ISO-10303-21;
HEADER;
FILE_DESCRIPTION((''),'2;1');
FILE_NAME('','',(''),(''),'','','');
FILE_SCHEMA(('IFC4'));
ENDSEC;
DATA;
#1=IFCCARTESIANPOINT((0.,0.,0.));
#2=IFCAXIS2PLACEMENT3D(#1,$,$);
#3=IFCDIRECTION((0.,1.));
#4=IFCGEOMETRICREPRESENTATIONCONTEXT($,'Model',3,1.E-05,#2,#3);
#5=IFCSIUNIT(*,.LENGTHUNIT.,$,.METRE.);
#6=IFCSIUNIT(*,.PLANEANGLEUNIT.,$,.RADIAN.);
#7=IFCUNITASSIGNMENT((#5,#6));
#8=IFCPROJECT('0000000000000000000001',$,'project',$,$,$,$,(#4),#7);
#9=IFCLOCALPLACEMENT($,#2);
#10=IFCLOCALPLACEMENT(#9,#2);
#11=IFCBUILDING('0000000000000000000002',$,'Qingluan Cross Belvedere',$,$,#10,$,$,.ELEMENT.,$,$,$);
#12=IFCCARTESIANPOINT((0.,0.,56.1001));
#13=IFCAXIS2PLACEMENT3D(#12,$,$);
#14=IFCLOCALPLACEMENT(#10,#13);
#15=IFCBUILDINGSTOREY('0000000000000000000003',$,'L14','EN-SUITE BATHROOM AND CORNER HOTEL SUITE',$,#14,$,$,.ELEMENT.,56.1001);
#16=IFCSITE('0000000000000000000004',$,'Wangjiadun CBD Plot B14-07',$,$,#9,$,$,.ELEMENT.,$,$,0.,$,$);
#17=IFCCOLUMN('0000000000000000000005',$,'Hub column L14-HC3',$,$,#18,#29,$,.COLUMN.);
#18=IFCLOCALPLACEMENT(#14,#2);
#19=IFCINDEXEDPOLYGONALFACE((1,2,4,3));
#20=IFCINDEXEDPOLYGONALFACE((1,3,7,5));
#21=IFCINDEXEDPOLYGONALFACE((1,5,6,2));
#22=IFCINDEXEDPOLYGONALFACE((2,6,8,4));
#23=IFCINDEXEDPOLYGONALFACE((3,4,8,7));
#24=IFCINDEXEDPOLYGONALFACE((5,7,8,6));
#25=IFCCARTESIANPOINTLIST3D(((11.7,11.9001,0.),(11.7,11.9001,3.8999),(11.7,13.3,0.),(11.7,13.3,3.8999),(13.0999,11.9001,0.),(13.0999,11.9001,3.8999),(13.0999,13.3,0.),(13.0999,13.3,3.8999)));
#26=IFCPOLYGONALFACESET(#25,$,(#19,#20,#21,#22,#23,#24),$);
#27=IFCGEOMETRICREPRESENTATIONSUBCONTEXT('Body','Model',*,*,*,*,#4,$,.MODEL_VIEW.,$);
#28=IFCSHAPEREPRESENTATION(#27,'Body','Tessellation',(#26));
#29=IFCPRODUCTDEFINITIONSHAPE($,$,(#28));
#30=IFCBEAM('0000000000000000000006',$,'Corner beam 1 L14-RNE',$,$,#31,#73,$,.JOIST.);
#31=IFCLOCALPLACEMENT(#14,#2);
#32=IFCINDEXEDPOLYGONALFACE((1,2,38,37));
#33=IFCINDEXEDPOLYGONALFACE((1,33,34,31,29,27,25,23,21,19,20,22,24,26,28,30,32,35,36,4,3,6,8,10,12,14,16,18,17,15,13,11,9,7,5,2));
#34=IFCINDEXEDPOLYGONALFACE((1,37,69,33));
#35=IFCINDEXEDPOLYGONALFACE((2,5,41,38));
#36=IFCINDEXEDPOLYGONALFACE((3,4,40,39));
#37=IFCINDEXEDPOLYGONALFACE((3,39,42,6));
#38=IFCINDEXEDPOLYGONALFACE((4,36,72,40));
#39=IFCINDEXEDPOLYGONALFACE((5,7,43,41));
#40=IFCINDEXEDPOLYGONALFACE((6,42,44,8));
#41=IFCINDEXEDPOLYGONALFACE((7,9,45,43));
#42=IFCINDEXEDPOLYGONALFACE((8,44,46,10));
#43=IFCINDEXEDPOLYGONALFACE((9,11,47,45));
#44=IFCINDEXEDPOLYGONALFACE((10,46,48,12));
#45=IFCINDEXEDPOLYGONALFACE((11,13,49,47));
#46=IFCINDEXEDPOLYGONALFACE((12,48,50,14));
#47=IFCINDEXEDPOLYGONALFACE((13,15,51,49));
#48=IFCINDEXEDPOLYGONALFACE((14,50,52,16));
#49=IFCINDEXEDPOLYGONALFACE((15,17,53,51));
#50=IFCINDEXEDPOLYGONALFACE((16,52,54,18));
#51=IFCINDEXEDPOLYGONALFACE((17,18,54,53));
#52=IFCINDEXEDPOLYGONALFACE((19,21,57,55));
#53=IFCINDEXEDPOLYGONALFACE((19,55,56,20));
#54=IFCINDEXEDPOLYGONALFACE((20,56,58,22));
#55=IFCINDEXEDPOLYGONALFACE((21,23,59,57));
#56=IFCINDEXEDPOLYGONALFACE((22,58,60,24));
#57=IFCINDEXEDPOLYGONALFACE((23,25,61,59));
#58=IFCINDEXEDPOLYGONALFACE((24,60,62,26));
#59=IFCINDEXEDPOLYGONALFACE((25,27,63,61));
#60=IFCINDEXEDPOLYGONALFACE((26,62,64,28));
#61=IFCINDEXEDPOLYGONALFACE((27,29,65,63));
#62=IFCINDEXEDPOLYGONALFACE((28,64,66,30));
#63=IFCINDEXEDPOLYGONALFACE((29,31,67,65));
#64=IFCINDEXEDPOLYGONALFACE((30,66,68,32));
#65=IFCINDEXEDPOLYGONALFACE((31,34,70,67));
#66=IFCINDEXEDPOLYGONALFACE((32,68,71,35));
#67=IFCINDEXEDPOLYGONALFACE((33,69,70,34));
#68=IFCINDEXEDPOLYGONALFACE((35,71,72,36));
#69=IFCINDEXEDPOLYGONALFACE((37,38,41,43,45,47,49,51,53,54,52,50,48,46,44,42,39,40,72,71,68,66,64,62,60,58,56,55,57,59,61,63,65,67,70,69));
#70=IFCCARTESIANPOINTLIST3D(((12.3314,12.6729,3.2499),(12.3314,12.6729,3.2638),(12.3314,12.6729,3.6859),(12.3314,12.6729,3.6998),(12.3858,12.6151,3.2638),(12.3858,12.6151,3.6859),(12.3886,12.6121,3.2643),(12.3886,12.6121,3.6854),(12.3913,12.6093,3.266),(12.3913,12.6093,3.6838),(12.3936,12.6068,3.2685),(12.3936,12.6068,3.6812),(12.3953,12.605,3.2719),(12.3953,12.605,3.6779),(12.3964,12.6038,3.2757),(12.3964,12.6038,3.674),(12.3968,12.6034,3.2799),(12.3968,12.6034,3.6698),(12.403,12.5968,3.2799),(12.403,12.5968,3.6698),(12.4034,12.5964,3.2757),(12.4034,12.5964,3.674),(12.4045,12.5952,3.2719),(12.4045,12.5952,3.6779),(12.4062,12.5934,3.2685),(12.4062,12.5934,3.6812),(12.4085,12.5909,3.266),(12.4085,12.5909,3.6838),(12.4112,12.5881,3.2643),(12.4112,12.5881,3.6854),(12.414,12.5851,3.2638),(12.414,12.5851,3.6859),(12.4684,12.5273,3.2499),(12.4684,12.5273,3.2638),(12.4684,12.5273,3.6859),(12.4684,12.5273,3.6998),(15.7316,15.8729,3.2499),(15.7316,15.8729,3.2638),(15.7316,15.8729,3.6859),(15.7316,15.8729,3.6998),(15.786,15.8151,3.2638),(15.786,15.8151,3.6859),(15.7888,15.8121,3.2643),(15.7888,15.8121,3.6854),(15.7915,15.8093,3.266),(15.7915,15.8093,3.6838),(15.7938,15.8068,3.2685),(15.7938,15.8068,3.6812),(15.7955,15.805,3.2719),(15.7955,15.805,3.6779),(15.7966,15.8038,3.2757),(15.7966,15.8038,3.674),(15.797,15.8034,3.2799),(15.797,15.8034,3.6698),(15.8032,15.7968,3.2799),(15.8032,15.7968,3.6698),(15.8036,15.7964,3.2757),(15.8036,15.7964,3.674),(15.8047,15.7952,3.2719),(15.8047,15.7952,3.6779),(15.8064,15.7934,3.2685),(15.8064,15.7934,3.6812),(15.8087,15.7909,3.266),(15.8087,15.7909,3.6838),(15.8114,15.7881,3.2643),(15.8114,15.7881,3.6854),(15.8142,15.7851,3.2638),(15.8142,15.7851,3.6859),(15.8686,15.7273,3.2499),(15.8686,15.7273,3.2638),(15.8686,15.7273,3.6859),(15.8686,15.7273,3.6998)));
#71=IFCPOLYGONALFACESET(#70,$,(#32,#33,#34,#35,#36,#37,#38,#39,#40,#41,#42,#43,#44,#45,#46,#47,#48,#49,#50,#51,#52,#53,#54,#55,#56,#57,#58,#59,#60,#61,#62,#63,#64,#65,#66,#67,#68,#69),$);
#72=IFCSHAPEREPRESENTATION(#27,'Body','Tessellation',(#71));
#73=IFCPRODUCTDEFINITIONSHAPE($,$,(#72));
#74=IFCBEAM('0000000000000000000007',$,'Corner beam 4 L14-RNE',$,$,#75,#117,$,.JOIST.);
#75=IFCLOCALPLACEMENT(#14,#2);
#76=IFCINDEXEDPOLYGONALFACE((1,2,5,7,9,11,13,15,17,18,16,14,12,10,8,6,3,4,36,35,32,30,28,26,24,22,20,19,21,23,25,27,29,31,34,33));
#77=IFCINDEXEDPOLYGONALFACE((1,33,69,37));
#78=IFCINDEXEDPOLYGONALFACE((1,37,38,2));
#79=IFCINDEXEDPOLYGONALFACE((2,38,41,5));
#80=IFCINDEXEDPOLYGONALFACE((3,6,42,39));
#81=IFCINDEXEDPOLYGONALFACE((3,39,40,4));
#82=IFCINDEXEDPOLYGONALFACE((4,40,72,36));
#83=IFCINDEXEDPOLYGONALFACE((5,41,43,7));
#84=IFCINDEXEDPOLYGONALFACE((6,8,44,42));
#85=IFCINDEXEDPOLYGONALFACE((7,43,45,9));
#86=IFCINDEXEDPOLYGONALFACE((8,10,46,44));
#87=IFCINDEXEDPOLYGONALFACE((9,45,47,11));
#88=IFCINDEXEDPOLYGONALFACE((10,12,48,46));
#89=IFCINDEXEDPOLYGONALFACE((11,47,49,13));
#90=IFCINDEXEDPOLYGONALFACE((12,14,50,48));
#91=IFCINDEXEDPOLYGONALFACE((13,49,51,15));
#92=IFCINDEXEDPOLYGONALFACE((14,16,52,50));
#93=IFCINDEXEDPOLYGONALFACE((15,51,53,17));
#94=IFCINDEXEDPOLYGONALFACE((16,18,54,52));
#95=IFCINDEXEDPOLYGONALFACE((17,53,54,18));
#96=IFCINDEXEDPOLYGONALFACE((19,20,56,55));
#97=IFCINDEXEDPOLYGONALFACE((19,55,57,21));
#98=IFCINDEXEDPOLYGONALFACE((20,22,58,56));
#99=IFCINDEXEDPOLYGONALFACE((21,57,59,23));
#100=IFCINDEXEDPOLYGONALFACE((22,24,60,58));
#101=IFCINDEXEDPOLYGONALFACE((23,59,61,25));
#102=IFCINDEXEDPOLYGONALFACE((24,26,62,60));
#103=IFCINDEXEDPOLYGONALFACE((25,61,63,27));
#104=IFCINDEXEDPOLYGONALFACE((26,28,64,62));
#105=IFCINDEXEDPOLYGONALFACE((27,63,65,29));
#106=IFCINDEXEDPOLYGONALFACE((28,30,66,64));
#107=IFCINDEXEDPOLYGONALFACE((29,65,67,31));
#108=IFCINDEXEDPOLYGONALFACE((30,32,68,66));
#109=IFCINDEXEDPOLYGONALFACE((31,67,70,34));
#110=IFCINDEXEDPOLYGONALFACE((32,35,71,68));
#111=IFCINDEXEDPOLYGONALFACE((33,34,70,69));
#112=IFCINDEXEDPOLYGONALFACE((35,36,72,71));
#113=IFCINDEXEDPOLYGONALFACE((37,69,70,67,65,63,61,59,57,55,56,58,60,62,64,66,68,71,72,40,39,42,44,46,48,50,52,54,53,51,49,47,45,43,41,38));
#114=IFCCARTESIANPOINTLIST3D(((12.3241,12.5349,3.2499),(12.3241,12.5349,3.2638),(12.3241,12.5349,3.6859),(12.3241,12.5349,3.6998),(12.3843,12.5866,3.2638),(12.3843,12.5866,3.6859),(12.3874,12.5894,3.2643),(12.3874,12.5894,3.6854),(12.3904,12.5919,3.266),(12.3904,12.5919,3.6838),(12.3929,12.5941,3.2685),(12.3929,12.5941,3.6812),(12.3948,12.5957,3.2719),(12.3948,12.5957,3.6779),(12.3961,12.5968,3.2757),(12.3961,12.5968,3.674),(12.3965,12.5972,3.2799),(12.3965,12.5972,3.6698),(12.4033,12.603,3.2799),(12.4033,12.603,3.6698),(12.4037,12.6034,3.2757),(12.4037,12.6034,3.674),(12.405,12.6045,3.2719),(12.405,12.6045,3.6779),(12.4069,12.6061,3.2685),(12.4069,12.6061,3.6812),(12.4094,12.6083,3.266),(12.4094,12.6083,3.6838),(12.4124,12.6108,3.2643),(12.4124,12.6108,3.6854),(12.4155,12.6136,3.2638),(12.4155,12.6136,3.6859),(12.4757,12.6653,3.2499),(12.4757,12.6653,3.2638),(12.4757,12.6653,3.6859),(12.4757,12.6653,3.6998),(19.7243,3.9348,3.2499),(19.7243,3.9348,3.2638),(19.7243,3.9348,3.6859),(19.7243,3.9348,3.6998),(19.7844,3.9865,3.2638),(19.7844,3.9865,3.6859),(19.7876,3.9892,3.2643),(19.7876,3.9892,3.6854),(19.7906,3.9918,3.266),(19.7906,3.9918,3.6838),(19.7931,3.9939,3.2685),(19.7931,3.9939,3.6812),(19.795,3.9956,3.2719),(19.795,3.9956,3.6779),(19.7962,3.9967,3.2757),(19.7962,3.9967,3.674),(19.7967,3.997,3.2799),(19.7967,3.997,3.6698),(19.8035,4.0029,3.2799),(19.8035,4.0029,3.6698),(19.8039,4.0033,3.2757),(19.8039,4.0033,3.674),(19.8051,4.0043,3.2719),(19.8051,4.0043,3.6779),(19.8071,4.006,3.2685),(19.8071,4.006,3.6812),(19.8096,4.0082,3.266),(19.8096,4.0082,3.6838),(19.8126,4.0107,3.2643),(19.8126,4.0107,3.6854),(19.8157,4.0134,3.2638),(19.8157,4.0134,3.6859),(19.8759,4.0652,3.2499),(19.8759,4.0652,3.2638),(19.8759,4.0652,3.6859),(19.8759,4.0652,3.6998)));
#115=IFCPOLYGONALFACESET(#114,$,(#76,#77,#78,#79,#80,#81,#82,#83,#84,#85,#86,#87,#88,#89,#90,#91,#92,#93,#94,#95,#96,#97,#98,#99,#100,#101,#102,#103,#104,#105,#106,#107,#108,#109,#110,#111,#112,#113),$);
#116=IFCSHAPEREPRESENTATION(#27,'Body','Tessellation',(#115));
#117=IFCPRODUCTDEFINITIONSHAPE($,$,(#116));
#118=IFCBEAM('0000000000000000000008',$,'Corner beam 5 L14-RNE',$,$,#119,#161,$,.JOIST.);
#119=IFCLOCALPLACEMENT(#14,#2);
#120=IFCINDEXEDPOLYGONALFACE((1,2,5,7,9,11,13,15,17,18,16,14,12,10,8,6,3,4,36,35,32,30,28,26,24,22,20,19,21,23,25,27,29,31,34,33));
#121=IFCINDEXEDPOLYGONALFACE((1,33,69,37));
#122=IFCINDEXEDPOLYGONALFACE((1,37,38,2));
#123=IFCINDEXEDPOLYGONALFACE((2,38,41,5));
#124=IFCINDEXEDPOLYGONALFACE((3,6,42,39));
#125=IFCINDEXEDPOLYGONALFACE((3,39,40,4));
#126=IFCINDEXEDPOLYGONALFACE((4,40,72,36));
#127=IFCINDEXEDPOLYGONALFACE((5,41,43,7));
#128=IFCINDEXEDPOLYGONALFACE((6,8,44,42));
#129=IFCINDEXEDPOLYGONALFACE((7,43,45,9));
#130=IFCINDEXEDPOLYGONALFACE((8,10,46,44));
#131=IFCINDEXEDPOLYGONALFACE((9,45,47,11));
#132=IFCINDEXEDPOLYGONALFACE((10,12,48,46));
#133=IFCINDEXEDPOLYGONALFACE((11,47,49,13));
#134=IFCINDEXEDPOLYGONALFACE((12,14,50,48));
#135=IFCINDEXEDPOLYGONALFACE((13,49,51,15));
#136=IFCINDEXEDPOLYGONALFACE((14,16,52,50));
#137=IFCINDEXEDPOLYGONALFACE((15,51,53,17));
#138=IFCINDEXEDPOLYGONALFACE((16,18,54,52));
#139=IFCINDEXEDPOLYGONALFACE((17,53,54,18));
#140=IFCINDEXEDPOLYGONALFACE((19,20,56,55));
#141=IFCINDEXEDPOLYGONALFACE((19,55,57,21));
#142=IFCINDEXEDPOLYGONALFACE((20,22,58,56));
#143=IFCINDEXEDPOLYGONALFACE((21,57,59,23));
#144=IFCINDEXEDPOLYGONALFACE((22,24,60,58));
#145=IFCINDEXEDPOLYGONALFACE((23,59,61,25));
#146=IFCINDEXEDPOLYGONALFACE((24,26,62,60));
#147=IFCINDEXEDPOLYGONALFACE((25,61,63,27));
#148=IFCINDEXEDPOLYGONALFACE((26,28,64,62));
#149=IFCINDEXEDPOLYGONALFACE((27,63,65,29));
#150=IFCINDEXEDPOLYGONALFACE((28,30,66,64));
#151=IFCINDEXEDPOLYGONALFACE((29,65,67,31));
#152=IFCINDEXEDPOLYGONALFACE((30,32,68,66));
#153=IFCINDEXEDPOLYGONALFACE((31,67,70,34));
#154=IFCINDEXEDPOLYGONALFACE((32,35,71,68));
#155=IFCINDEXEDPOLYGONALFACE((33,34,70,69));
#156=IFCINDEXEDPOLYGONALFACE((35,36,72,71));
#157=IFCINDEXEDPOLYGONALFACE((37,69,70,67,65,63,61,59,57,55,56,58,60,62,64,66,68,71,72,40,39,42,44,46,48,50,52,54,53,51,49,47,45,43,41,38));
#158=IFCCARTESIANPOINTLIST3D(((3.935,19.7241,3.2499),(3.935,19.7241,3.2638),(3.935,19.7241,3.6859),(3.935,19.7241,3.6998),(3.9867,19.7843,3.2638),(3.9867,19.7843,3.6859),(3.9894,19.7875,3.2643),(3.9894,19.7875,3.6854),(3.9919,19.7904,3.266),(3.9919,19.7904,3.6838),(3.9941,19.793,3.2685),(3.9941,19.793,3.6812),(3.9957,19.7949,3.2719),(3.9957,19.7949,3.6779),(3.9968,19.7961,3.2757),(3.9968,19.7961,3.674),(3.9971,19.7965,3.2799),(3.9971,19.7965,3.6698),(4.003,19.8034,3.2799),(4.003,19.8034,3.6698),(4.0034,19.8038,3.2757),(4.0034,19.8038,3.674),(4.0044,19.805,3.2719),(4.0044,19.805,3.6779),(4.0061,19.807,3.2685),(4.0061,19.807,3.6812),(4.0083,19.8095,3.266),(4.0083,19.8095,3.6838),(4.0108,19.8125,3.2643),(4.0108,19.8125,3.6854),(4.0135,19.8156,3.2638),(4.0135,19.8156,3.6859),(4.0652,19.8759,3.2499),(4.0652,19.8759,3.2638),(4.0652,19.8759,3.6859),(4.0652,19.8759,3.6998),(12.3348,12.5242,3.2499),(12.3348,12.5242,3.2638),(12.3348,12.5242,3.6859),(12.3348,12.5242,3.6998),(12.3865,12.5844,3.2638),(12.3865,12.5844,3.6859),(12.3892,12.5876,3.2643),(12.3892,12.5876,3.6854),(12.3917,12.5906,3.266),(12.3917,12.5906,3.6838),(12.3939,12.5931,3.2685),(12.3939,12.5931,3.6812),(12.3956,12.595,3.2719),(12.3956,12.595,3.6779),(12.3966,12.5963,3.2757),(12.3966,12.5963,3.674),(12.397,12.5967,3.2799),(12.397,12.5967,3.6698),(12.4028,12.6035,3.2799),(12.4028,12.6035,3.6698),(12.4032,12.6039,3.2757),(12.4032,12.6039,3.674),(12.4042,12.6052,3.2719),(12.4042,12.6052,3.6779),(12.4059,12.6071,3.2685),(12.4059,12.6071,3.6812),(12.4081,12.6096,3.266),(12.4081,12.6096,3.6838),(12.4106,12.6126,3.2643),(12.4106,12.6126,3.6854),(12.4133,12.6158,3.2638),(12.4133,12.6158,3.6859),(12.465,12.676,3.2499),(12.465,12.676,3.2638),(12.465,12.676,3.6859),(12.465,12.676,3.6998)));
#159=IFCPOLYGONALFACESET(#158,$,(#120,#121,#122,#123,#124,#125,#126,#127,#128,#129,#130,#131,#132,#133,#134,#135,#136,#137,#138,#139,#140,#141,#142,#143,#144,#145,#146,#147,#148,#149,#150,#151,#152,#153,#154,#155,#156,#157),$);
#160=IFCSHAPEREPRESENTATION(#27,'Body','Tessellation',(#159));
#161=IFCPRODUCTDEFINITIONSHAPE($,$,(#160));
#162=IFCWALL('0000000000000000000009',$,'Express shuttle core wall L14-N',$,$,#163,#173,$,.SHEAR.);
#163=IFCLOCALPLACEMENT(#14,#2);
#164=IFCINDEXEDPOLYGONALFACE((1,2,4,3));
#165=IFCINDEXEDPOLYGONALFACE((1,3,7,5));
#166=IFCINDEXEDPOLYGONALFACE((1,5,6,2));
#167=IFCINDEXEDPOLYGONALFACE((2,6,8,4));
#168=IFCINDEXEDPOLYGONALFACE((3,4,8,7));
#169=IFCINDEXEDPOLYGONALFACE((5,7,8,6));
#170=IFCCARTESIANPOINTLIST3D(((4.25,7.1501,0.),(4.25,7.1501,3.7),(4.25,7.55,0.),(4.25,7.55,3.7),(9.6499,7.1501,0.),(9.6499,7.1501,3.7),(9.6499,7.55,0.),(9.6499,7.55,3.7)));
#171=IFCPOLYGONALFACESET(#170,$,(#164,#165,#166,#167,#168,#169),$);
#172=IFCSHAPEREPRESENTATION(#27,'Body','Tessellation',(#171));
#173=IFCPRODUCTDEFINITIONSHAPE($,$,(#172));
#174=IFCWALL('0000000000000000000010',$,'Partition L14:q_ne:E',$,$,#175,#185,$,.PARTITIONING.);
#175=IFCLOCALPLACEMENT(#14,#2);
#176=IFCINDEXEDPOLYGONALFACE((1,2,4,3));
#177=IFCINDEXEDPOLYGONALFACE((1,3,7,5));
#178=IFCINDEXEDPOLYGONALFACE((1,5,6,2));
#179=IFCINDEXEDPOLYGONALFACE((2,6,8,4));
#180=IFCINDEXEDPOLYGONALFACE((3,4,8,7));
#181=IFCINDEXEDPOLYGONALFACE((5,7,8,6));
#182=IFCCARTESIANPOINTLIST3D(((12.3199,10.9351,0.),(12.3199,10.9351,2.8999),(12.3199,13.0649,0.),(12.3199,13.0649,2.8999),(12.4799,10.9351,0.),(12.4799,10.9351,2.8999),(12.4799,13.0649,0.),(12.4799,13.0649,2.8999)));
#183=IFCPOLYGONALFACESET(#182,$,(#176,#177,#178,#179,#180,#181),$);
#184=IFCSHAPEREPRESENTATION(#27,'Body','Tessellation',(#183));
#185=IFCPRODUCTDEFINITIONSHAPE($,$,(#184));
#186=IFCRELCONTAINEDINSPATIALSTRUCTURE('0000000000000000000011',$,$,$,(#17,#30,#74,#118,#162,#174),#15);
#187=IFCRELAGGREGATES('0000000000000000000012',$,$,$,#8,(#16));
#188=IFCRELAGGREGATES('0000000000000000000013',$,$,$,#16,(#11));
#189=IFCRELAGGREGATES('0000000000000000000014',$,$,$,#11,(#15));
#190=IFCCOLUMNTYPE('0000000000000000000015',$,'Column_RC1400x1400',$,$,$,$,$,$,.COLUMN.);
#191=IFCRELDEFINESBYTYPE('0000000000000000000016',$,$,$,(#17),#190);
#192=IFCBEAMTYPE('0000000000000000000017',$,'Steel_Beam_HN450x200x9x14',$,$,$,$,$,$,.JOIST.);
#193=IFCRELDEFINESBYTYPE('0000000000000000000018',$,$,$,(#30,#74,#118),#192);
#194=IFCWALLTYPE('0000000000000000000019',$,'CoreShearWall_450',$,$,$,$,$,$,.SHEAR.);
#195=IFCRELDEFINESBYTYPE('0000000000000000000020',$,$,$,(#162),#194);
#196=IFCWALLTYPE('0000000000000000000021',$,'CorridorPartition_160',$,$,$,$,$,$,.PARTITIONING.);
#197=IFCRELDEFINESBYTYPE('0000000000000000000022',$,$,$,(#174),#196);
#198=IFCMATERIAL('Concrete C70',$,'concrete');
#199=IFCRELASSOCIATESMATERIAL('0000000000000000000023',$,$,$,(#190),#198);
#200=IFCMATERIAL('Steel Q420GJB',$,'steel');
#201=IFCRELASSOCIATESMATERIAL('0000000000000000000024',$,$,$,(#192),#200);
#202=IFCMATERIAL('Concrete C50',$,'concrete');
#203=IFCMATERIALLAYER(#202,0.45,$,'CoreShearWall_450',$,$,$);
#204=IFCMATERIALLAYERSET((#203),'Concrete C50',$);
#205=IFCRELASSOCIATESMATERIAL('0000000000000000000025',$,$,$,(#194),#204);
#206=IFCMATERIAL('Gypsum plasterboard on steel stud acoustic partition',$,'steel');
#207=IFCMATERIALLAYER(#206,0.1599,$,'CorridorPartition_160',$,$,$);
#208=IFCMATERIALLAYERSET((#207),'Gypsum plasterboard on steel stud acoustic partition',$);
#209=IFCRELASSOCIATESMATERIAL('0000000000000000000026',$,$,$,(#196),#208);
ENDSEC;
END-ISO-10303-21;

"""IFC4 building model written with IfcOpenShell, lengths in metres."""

from ifc_helpers import new_model, si_unit, direction, frame, frame_2d, origin, origin_2d, place, context, subcontext, project, spatial, rectangle, i_section, extrude, material, layer, layer_set, material_profile, profile_set, type_object, element, save


model = new_model("IFC4")

# Units and contexts
model_context = context("Model", 3, precision=1e-05, world=origin(), true_north=direction((0.0, 1.0)))
body_context = subcontext(model_context, "Body", "Model", "MODEL_VIEW")
ifc_project = project(units=[si_unit("LENGTHUNIT", "METRE"), si_unit("PLANEANGLEUNIT", "RADIAN")], contexts=[model_context])

# Site, building, storey
site_placement = place(None, origin())
site = spatial("IfcSite", under=ifc_project, at=site_placement, Name="Wangjiadun CBD Plot B14-07", CompositionType="ELEMENT", RefElevation=0.0)
building_placement = place(site_placement, origin())
building = spatial("IfcBuilding", under=site, at=building_placement, Name="Qingluan Cross Belvedere", CompositionType="ELEMENT")
storey_placement = place(building_placement, frame((0.0, 0.0, 56.1001)))
storey = spatial("IfcBuildingStorey", under=building, at=storey_placement, Name="L14", Description="EN-SUITE BATHROOM AND CORNER HOTEL SUITE", CompositionType="ELEMENT", Elevation=56.1001)

# Column
ifc_material_1 = material(Name="Concrete C70", Category="concrete")
ifc_material_profile_1 = material_profile(ifc_material_1, rectangle(XDim=1.3999, YDim=1.3999, at=origin_2d()), Name="RC1400x1400")
ifc_profile_set_1 = profile_set([ifc_material_profile_1], Name="Concrete C70")
column_type = type_object("IfcColumnType", Name="Column_RC1400x1400", PredefinedType="COLUMN", material=ifc_profile_set_1)
column_placement = place(storey_placement, frame((12.3999, 12.6001, 0.0), z_axis=(0.0, 0.0, 1.0), x_axis=(1.0, 0.0, 0.0)))
element("IfcColumn", 1, at=column_placement, inside=storey, type_object=column_type, Name="Hub column L14-HC3", PredefinedType="COLUMN", context=body_context, shape_type="SweptSolid", body=[
    extrude(rectangle(XDim=1.3999, YDim=1.3999, at=origin_2d()), origin(), (0.0, 0.0, 1.0), 3.8999),
])

# Beams
ifc_material_2 = material(Name="Steel Q420GJB", Category="steel")
ifc_material_profile_2 = material_profile(ifc_material_2, i_section(OverallWidth=0.2, OverallDepth=0.45, WebThickness=0.009, FlangeThickness=0.0139, FilletRadius=0.0161, at=origin_2d()), Name="HN450x200x9x14")
ifc_profile_set_2 = profile_set([ifc_material_profile_2], Name="Steel Q420GJB")
beam_type = type_object("IfcBeamType", Name="Steel_Beam_HN450x200x9x14", PredefinedType="JOIST", material=ifc_profile_set_2)
beam_1_placement = place(storey_placement, frame((12.3999, 12.6001, 3.4749), z_axis=(0.72822, 0.685343, 0.0), x_axis=(-0.685343, 0.72822, 0.0)))
element("IfcBeam", 2, at=beam_1_placement, inside=storey, type_object=beam_type, Name="Corner beam 1 L14-RNE", PredefinedType="JOIST", context=body_context, shape_type="SweptSolid", body=[
    extrude(i_section(OverallWidth=0.2, OverallDepth=0.45, WebThickness=0.009, FlangeThickness=0.0139, FilletRadius=0.0161, at=origin_2d()), origin(), (0.0, 0.0, 1.0), 4.6692),
])
beam_2_placement = place(storey_placement, frame((12.3999, 12.6001, 3.4749), z_axis=(0.652245, -0.758008, 0.0), x_axis=(0.758008, 0.652245, 0.0)))
element("IfcBeam", 3, at=beam_2_placement, inside=storey, type_object=beam_type, Name="Corner beam 4 L14-RNE", PredefinedType="JOIST", context=body_context, shape_type="SweptSolid", body=[
    extrude(i_section(OverallWidth=0.2, OverallDepth=0.45, WebThickness=0.009, FlangeThickness=0.0139, FilletRadius=0.0161, at=origin_2d()), origin(), (0.0, 0.0, 1.0), 11.3457),
])
beam_3_placement = place(storey_placement, frame((12.3999, 12.6001, 3.4749), z_axis=(-0.759255, 0.650793, 0.0), x_axis=(-0.650793, -0.759255, 0.0)))
element("IfcBeam", 4, at=beam_3_placement, inside=storey, type_object=beam_type, Name="Corner beam 5 L14-RNE", PredefinedType="JOIST", context=body_context, shape_type="SweptSolid", body=[
    extrude(i_section(OverallWidth=0.2, OverallDepth=0.45, WebThickness=0.009, FlangeThickness=0.0139, FilletRadius=0.0161, at=origin_2d()), origin(), (0.0, 0.0, 1.0), 11.0632),
])

# Walls
ifc_material_3 = material(Name="Concrete C50", Category="concrete")
ifc_layer_1 = layer(ifc_material_3, 0.45, Name="CoreShearWall_450")
ifc_layer_set_1 = layer_set([ifc_layer_1], Name="Concrete C50")
wall_type_1 = type_object("IfcWallType", Name="CoreShearWall_450", PredefinedType="SHEAR", material=ifc_layer_set_1)
wall_1_placement = place(storey_placement, frame((4.25, 7.3501, 0.0), z_axis=(0.0, 0.0, 1.0), x_axis=(1.0, 0.0, 0.0)))
element("IfcWall", 5, at=wall_1_placement, inside=storey, type_object=wall_type_1, Name="Express shuttle core wall L14-N", PredefinedType="SHEAR", context=body_context, shape_type="SweptSolid", body=[
    extrude(rectangle(XDim=5.3999, YDim=0.3999, at=frame_2d((2.7, 0.0))), origin(), (0.0, 0.0, 1.0), 3.7),
])
ifc_material_4 = material(Name="Gypsum plasterboard on steel stud acoustic partition", Category="steel")
ifc_layer_2 = layer(ifc_material_4, 0.1599, Name="CorridorPartition_160")
ifc_layer_set_2 = layer_set([ifc_layer_2], Name="Gypsum plasterboard on steel stud acoustic partition")
wall_type_2 = type_object("IfcWallType", Name="CorridorPartition_160", PredefinedType="PARTITIONING", material=ifc_layer_set_2)
wall_2_placement = place(storey_placement, frame((12.3999, 10.9351, 0.0), z_axis=(0.0, 0.0, 1.0), x_axis=(0.0, 1.0, 0.0)))
element("IfcWall", 6, at=wall_2_placement, inside=storey, type_object=wall_type_2, Name="Partition L14:q_ne:E", PredefinedType="PARTITIONING", context=body_context, shape_type="SweptSolid", body=[
    extrude(rectangle(XDim=2.1299, YDim=0.1599, at=frame_2d((1.0649, 0.0))), origin(), (0.0, 0.0, 1.0), 2.8999),
])

save(model, "model.ifc")
